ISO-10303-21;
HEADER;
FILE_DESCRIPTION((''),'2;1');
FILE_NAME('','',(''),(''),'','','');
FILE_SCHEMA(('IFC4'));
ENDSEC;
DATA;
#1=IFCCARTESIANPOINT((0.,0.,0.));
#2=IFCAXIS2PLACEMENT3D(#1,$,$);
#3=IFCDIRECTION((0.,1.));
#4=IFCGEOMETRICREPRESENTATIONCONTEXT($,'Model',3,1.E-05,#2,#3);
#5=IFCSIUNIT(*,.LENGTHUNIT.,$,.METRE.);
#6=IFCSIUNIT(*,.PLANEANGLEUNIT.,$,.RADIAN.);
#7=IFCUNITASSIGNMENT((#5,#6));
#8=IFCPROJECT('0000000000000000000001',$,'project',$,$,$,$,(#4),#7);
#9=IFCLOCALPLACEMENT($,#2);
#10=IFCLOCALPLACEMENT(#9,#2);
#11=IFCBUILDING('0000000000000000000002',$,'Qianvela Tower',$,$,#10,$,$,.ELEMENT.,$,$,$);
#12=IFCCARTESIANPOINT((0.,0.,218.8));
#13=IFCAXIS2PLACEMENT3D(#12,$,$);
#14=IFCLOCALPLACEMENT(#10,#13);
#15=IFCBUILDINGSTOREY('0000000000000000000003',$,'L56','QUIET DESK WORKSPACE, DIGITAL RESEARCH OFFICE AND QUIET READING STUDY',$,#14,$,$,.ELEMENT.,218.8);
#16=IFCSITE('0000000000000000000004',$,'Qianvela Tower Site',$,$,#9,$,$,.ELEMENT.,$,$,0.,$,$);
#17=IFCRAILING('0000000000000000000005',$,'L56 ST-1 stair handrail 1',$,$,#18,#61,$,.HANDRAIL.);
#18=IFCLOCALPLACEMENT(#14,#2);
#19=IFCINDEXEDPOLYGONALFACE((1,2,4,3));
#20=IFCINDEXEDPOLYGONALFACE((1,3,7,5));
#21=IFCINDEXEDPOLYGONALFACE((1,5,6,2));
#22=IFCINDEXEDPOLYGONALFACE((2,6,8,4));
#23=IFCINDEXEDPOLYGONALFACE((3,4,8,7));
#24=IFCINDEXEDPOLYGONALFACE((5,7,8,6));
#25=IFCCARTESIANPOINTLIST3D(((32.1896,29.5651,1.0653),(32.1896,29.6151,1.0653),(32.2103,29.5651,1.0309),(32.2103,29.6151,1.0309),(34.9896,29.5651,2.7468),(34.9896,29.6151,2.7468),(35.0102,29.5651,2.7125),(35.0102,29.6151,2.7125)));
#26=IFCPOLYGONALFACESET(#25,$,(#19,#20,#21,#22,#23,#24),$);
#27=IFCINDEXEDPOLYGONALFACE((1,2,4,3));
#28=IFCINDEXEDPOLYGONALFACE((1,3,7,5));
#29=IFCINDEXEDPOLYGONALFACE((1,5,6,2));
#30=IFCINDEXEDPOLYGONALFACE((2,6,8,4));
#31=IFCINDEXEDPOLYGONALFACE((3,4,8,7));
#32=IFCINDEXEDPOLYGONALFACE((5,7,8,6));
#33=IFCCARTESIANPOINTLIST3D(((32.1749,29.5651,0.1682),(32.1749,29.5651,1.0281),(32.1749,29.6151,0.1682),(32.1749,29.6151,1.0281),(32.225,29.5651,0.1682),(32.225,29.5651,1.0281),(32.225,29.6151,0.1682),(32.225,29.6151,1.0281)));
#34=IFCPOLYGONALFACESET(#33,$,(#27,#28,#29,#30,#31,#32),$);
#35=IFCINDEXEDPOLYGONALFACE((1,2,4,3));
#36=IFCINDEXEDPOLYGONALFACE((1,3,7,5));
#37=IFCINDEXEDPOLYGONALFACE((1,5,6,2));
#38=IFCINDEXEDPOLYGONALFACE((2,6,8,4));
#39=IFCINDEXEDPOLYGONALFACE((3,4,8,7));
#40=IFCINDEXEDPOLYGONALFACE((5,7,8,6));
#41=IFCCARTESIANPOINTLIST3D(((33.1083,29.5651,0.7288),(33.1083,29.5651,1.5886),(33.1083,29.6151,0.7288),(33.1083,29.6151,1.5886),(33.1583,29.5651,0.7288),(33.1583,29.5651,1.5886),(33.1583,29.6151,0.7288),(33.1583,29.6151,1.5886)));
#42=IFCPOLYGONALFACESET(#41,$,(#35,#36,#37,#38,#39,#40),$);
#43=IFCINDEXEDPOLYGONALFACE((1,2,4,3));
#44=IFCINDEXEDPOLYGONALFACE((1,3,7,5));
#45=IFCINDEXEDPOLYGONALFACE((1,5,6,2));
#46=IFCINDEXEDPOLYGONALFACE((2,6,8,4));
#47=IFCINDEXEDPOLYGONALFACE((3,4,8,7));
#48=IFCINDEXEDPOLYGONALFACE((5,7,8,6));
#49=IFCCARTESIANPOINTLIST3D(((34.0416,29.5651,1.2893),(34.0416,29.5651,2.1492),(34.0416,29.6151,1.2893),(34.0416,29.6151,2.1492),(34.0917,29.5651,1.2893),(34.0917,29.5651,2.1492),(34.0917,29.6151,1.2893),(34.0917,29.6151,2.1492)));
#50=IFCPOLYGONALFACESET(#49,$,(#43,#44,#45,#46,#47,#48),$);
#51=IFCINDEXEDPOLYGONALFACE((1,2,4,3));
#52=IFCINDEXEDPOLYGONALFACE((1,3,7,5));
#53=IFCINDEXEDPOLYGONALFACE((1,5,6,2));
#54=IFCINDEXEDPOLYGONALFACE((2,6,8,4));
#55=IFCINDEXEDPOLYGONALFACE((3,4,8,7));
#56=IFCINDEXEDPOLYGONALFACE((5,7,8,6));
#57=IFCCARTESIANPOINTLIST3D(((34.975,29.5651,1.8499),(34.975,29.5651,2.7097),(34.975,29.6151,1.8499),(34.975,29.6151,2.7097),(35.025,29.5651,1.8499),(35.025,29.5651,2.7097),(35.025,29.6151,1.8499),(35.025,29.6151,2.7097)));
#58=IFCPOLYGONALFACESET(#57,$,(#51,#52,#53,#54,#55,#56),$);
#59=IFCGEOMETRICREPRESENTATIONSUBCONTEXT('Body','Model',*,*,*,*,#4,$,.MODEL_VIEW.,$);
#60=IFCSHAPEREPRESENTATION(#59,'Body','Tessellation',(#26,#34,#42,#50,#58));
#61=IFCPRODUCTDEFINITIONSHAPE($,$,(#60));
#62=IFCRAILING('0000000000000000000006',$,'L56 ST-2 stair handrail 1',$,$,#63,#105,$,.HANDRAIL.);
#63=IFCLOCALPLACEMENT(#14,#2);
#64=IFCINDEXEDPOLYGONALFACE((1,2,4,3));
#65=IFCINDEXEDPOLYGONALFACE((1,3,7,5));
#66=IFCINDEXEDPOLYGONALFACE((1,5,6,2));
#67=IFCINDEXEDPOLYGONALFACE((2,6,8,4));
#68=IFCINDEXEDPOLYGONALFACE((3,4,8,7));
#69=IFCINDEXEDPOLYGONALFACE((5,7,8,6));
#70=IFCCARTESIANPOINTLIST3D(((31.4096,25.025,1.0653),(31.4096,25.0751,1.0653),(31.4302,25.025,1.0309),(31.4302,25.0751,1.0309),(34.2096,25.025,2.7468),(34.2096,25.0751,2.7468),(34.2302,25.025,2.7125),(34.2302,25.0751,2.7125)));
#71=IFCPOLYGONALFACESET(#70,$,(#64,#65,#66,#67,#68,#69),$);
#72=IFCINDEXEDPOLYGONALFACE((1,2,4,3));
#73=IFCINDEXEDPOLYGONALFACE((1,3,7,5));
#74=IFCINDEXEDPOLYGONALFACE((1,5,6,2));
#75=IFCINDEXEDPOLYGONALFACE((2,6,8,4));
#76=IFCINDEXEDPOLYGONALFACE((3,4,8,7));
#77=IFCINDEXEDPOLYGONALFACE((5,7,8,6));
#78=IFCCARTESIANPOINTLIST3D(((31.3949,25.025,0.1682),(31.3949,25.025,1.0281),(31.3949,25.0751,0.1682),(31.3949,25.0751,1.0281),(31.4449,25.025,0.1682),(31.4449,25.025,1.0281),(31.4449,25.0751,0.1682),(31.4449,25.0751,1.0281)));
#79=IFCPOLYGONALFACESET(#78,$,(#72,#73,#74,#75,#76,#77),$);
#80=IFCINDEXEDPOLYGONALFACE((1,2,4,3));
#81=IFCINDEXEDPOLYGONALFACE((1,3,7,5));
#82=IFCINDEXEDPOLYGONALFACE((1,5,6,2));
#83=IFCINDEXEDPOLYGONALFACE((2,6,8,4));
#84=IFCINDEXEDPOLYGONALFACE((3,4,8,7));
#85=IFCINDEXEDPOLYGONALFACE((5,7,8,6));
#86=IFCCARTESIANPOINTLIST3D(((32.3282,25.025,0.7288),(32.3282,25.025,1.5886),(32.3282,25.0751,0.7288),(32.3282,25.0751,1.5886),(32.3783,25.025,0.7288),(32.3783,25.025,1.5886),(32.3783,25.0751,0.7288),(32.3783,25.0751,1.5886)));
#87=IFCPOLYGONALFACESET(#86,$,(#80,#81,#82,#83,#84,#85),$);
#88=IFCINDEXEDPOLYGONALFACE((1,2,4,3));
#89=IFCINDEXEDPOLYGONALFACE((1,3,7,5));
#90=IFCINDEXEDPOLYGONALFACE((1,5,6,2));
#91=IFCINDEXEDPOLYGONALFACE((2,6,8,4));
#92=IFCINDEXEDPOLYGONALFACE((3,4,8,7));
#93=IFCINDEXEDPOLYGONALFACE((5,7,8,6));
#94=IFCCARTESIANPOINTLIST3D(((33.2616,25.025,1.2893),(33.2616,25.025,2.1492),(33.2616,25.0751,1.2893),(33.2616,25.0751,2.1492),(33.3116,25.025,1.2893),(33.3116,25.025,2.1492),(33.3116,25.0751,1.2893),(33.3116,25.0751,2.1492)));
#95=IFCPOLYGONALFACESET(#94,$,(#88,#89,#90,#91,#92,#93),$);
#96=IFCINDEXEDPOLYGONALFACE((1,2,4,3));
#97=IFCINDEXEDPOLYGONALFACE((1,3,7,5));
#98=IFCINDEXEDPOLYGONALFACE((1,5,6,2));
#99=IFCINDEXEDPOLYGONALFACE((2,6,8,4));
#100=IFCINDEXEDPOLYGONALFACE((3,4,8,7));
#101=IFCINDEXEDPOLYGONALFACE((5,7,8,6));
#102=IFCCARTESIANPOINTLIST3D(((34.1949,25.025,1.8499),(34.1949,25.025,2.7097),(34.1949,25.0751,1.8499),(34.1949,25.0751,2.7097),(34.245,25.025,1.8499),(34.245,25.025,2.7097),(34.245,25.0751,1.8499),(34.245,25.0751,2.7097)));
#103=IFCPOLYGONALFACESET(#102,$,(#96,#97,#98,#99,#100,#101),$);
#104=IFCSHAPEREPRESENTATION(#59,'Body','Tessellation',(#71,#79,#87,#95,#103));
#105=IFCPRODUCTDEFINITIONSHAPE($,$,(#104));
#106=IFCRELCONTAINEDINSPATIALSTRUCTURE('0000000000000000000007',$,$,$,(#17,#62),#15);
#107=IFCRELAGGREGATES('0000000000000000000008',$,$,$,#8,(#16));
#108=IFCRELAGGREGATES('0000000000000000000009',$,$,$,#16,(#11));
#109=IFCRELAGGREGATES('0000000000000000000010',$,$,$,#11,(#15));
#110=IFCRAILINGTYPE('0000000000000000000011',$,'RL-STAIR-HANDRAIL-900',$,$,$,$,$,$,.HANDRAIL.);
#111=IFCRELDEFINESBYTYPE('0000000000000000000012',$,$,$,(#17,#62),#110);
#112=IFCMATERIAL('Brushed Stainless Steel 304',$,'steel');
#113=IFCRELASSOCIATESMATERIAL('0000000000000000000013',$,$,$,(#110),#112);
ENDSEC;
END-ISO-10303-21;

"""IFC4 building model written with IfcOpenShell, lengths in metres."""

from ifc_helpers import new_model, si_unit, direction, frame, origin, origin_2d, place, context, subcontext, project, spatial, rectangle, extrude, material, type_object, element, save


model = new_model("IFC4")

# Units and contexts
model_context = context("Model", 3, precision=1e-05, world=origin(), true_north=direction((0.0, 1.0)))
body_context = subcontext(model_context, "Body", "Model", "MODEL_VIEW")
ifc_project = project(units=[si_unit("LENGTHUNIT", "METRE"), si_unit("PLANEANGLEUNIT", "RADIAN")], contexts=[model_context])

# Site, building, storey
site_placement = place(None, origin())
site = spatial("IfcSite", under=ifc_project, at=site_placement, Name="Qianvela Tower Site", CompositionType="ELEMENT", RefElevation=0.0)
building_placement = place(site_placement, origin())
building = spatial("IfcBuilding", under=site, at=building_placement, Name="Qianvela Tower", CompositionType="ELEMENT")
storey_placement = place(building_placement, frame((0.0, 0.0, 218.8)))
storey = spatial("IfcBuildingStorey", under=building, at=storey_placement, Name="L56", Description="QUIET DESK WORKSPACE, DIGITAL RESEARCH OFFICE AND QUIET READING STUDY", CompositionType="ELEMENT", Elevation=218.8)

# Railings
ifc_material_1 = material(Name="Brushed Stainless Steel 304", Category="steel")
railing_type_1 = type_object("IfcRailingType", Name="RL-STAIR-HANDRAIL-900", PredefinedType="HANDRAIL", material=ifc_material_1)
for number, where, name in (
    (1, (32.2, 29.5901, 0.1682), "L56 ST-1 stair handrail 1"),
    (2, (31.4199, 25.05, 0.1682), "L56 ST-2 stair handrail 1"),
):
    element("IfcRailing", number, at=place(storey_placement, frame(where)), inside=storey, type_object=railing_type_1, Name=name, PredefinedType="HANDRAIL", context=body_context, shape_type="SweptSolid", body=[
        extrude(rectangle(XDim=0.05, YDim=0.04, at=origin_2d()), frame((0.0, 0.0, 0.8799), z_axis=(0.857275, 0.0, 0.514858), x_axis=(0.0, 1.0, 0.0)), (0.0, 0.0, 1.0), 3.2661),
        extrude(rectangle(XDim=0.05, YDim=0.05, at=origin_2d()), origin(), (0.0, 0.0, 1.0), 0.8599),
        extrude(rectangle(XDim=0.05, YDim=0.05, at=origin_2d()), frame((0.9333, 0.0, 0.5605)), (0.0, 0.0, 1.0), 0.8599),
        extrude(rectangle(XDim=0.05, YDim=0.05, at=origin_2d()), frame((1.8667, 0.0, 1.1211)), (0.0, 0.0, 1.0), 0.8599),
        extrude(rectangle(XDim=0.05, YDim=0.05, at=origin_2d()), frame((2.8, 0.0, 1.6816)), (0.0, 0.0, 1.0), 0.8599),
    ])

save(model, "model.ifc")
